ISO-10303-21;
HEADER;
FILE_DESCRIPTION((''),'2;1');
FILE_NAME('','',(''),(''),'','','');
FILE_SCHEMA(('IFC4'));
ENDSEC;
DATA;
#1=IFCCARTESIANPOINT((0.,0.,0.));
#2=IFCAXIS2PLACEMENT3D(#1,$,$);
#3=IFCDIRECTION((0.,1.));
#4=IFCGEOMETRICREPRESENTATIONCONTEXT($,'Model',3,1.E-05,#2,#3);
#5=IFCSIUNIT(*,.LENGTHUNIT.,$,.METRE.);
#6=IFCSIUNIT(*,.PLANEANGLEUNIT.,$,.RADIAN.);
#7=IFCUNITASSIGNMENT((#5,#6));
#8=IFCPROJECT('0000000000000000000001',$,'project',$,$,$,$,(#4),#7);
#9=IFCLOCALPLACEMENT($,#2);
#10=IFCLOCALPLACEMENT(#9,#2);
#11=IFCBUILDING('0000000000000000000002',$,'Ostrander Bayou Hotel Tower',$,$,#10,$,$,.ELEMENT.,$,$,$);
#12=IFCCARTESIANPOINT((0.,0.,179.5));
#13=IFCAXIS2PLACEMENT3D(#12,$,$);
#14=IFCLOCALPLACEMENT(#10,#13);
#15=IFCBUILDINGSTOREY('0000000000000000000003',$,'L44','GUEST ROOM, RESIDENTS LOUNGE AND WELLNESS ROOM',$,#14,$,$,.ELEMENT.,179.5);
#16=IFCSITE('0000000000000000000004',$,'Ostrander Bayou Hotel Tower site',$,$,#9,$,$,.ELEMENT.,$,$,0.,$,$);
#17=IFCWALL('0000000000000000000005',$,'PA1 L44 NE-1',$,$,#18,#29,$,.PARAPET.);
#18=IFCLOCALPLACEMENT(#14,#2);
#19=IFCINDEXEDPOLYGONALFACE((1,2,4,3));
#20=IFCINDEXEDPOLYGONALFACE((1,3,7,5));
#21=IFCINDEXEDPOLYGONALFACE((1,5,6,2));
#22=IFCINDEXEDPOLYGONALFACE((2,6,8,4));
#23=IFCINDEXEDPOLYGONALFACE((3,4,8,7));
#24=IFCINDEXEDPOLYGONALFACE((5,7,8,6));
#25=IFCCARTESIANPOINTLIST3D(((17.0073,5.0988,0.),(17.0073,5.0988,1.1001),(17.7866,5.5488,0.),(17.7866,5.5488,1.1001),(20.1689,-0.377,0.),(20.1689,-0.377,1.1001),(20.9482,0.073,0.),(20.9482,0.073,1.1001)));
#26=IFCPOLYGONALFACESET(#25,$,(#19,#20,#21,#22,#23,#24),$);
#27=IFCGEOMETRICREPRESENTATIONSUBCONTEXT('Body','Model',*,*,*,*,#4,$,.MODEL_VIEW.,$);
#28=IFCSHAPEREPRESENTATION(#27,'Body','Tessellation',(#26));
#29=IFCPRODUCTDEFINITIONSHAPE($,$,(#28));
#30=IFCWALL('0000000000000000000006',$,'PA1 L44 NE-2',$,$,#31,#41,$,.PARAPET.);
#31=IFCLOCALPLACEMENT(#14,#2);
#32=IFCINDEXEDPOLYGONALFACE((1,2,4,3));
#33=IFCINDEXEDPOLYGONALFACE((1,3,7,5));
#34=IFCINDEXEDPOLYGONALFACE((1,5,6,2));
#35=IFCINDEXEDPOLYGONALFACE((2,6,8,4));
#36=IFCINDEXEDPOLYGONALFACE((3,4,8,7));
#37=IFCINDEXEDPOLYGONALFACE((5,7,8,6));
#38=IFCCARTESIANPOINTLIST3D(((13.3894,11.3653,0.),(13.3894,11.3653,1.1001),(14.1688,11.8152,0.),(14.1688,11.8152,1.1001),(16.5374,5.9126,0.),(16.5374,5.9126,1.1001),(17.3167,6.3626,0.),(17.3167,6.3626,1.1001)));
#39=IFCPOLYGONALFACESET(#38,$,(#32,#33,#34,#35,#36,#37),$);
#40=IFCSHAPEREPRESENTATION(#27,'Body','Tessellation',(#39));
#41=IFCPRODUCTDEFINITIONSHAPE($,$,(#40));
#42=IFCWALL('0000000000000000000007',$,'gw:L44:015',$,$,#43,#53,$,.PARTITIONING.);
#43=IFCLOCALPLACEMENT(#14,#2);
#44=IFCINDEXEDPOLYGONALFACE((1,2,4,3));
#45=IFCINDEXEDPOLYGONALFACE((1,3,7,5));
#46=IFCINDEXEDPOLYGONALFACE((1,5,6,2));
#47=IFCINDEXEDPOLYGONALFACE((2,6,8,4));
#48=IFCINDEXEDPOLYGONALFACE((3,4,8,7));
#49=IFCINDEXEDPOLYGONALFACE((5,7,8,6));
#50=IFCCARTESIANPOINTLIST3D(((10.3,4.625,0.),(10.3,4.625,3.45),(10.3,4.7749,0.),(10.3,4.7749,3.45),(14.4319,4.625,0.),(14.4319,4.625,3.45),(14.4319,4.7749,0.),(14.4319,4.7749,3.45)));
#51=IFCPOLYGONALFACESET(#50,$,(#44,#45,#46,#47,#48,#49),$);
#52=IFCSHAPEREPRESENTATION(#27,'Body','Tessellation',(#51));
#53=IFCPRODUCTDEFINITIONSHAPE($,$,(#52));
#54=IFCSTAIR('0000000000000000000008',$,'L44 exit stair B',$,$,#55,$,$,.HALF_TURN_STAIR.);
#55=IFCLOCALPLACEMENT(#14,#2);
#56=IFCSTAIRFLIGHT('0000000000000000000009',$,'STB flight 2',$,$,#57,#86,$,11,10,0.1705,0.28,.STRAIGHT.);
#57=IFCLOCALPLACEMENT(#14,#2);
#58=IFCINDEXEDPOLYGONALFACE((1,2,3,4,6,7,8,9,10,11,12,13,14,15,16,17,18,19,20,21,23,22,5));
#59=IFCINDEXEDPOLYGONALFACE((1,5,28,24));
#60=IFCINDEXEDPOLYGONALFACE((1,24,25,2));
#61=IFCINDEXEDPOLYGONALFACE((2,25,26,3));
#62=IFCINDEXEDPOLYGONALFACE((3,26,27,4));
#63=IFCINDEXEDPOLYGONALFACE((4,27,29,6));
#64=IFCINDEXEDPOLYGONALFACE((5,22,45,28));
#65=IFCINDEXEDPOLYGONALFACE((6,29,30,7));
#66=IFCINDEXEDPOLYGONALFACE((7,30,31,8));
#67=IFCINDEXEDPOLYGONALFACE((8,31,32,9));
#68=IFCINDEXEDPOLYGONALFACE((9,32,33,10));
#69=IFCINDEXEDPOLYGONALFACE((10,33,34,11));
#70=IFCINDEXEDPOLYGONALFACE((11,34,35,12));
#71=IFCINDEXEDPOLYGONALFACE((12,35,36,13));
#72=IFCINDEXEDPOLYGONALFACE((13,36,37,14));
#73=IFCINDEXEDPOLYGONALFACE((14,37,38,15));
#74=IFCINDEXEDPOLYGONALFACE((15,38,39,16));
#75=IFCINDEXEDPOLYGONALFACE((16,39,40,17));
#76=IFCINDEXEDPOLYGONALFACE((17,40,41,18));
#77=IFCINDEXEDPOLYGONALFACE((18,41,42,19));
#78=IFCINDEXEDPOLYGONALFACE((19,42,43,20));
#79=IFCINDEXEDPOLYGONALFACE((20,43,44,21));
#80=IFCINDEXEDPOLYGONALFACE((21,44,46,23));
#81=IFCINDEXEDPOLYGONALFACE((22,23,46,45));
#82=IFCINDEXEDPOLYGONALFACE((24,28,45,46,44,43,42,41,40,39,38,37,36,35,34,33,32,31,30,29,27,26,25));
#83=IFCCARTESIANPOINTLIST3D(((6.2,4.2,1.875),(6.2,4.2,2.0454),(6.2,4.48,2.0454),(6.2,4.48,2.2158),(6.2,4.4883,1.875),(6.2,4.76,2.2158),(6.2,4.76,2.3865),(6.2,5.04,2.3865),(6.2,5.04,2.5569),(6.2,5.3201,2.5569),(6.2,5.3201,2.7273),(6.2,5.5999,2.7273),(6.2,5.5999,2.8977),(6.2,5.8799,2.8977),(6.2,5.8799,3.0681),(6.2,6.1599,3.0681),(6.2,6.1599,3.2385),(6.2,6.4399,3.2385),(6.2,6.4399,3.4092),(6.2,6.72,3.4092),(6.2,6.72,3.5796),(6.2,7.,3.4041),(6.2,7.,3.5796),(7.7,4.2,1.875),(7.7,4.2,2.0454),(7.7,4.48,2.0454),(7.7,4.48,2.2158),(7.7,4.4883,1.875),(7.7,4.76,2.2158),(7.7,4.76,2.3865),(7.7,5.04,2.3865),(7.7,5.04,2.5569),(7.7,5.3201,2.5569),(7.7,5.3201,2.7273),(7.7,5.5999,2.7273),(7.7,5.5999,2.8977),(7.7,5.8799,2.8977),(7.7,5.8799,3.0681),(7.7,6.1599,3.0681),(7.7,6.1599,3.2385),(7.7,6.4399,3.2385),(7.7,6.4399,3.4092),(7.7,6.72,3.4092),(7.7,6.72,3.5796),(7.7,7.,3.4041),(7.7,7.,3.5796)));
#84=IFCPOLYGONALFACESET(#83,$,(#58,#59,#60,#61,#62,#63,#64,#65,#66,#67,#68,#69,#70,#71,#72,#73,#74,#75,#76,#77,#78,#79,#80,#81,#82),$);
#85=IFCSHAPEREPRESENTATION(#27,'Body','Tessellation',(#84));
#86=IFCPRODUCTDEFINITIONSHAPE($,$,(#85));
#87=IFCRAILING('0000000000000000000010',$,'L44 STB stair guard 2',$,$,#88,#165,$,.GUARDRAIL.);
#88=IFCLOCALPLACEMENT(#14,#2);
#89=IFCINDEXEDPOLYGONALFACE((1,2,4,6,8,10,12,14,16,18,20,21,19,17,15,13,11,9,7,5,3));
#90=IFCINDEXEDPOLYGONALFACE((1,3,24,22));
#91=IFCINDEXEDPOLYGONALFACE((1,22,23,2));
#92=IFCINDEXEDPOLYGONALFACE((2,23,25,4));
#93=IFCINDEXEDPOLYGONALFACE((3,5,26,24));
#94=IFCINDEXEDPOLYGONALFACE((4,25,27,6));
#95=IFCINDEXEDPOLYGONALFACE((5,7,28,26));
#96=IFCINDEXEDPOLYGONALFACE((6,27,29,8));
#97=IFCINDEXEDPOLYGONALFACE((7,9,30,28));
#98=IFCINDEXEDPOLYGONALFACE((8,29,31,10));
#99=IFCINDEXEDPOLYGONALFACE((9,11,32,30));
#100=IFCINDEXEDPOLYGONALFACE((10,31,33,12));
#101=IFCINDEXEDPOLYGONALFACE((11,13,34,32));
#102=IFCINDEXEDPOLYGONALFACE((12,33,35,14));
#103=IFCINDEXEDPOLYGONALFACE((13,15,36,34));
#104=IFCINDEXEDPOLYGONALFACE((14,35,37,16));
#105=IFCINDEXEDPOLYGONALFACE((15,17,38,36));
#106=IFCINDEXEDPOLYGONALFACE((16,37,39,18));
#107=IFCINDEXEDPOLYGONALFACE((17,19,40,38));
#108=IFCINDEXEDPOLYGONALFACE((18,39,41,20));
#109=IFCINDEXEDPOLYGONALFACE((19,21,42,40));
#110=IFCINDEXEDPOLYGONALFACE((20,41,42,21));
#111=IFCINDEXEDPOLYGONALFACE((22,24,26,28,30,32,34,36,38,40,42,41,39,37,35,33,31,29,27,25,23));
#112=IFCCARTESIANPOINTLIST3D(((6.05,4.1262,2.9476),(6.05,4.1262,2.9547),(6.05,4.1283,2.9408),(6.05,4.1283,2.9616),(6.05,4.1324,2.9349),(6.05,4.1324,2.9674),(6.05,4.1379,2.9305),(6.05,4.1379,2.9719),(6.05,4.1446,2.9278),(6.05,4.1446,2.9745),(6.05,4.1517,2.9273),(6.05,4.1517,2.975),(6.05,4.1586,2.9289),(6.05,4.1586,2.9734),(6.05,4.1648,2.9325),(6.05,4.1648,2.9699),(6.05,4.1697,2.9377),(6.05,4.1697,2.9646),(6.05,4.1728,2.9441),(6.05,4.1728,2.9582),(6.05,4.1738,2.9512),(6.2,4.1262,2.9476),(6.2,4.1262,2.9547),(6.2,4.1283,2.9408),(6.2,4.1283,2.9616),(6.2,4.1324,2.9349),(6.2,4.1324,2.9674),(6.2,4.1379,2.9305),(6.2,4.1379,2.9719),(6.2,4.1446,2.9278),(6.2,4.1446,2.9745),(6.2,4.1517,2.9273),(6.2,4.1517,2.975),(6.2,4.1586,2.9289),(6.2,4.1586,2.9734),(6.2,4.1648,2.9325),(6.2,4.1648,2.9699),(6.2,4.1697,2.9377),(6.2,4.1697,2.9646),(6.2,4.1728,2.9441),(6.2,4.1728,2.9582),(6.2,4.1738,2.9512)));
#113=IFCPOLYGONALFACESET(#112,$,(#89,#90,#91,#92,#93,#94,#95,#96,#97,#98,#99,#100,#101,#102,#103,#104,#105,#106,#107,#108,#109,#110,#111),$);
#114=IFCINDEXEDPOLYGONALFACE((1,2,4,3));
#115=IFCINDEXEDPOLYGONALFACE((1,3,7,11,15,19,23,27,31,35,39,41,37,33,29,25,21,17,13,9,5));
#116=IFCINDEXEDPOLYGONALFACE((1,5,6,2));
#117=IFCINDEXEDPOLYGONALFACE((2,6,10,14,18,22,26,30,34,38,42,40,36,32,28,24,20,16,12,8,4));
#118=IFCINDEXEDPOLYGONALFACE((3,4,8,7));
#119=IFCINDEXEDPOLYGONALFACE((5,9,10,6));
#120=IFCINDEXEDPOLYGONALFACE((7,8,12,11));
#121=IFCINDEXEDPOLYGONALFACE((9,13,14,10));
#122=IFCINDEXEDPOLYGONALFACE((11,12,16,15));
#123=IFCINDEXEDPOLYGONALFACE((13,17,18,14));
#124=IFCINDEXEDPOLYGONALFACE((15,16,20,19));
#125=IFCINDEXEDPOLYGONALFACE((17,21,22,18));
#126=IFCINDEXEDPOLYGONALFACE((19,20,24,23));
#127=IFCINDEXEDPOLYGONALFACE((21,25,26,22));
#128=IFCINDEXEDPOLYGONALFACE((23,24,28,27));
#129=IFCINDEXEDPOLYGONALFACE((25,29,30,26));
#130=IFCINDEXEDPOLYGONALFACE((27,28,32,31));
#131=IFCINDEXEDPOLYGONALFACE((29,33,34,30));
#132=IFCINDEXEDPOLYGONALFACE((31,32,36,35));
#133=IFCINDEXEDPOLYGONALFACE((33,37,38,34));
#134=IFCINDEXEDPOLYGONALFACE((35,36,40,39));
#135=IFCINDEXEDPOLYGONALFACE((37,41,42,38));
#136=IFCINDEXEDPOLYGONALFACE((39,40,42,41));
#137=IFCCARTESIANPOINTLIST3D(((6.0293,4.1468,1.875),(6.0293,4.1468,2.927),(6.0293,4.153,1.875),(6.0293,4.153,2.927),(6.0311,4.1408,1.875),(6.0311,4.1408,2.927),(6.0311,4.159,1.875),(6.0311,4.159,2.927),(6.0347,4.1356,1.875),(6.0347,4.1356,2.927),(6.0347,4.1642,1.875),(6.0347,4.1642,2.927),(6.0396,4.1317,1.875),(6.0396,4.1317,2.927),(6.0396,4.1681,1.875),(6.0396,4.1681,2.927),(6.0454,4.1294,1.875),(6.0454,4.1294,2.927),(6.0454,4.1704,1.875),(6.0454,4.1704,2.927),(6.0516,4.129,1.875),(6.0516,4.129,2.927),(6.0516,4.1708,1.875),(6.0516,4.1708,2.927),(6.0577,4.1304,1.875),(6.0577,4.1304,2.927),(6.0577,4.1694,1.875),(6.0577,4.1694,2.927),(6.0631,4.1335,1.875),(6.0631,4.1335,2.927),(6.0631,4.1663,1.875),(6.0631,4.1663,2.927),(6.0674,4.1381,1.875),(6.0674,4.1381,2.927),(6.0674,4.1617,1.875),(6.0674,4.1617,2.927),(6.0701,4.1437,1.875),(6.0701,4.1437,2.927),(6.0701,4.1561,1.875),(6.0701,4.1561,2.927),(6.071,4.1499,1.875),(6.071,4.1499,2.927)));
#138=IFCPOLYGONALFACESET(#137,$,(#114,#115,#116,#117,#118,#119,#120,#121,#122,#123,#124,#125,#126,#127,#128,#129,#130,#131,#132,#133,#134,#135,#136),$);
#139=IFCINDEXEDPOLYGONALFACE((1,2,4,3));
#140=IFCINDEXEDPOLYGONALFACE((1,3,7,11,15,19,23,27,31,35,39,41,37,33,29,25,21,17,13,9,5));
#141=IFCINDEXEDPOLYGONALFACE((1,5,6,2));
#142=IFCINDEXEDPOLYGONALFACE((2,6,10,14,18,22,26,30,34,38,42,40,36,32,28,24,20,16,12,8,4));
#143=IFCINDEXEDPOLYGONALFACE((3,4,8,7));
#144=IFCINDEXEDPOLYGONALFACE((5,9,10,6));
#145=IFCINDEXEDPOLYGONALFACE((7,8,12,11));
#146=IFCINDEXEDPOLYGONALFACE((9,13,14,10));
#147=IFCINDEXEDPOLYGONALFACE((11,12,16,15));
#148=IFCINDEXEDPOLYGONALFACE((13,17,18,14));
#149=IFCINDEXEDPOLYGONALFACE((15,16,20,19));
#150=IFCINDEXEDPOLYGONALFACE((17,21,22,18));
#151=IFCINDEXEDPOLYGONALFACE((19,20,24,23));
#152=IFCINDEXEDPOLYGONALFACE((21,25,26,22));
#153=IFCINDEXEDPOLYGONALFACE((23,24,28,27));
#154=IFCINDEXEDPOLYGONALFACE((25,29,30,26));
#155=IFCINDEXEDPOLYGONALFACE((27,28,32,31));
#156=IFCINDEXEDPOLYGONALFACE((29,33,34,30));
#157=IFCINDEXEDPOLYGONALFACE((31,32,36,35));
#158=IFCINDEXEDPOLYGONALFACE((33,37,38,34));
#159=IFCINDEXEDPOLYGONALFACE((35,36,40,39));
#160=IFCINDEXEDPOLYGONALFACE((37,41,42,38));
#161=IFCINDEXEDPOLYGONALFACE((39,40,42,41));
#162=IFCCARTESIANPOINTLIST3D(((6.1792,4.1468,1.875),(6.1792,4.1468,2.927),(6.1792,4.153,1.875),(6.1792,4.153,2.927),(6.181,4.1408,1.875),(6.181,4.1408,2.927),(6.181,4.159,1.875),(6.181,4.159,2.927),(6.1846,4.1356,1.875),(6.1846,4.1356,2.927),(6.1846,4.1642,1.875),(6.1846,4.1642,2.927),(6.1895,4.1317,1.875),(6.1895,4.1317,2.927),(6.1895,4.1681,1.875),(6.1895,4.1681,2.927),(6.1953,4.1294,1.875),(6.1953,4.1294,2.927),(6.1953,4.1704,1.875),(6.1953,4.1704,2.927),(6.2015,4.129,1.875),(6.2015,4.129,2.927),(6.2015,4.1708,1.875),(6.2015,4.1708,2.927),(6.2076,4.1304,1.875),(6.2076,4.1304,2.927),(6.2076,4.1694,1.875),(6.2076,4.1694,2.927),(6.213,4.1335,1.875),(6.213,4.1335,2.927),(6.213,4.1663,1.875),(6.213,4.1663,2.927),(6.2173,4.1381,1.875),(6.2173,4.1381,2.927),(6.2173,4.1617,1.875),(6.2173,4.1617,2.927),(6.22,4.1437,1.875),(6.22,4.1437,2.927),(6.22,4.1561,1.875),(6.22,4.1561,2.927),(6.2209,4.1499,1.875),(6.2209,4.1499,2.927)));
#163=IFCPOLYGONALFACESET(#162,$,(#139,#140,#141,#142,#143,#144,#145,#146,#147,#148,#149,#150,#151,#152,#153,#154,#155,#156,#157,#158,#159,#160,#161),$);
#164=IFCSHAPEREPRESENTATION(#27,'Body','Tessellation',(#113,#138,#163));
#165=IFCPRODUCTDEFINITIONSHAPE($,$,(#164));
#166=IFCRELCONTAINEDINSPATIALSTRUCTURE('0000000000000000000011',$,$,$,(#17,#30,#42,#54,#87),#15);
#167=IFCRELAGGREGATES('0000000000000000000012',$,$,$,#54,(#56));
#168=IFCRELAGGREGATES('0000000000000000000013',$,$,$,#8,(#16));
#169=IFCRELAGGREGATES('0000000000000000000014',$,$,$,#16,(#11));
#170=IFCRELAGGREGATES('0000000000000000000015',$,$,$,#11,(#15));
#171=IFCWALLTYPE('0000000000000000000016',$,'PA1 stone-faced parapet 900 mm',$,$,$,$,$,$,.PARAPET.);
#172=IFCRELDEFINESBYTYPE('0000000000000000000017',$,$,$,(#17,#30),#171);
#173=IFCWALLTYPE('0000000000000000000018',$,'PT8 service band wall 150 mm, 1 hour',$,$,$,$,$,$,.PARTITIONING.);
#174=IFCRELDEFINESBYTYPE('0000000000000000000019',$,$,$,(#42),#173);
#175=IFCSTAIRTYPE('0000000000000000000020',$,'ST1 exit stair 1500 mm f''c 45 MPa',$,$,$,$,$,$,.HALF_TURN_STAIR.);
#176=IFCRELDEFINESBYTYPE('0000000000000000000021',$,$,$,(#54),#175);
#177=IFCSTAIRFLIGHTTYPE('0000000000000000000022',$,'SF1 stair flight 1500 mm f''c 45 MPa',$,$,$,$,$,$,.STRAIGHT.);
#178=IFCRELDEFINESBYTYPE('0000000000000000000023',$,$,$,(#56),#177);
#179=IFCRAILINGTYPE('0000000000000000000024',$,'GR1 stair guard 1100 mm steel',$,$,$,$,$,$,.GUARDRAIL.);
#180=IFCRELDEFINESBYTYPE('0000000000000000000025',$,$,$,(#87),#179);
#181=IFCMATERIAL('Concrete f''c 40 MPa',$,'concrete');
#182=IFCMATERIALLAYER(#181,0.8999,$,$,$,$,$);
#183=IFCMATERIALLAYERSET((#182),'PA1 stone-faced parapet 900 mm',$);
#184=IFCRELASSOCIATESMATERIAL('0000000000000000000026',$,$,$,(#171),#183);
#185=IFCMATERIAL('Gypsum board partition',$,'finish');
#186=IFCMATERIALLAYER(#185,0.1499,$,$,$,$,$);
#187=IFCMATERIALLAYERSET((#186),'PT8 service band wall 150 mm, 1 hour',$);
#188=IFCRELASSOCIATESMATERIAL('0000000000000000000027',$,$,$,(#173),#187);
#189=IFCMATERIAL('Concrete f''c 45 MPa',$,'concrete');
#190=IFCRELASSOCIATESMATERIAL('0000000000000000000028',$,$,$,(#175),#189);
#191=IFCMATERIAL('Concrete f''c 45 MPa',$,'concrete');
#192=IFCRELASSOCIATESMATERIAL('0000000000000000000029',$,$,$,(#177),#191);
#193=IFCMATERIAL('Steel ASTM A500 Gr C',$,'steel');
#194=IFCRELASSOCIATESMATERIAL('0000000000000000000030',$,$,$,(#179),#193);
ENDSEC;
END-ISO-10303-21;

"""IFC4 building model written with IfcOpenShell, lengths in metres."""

from ifc_helpers import new_model, si_unit, direction, frame, frame_2d, origin, origin_2d, place, context, subcontext, project, spatial, polyline, rectangle, circle, outline, extrude, material, layer, layer_set, type_object, element, aggregate, save


model = new_model("IFC4")

# Units and contexts
model_context = context("Model", 3, precision=1e-05, world=origin(), true_north=direction((0.0, 1.0)))
body_context = subcontext(model_context, "Body", "Model", "MODEL_VIEW")
ifc_project = project(units=[si_unit("LENGTHUNIT", "METRE"), si_unit("PLANEANGLEUNIT", "RADIAN")], contexts=[model_context])

# Site, building, storey
site_placement = place(None, origin())
site = spatial("IfcSite", under=ifc_project, at=site_placement, Name="Ostrander Bayou Hotel Tower site", CompositionType="ELEMENT", RefElevation=0.0)
building_placement = place(site_placement, origin())
building = spatial("IfcBuilding", under=site, at=building_placement, Name="Ostrander Bayou Hotel Tower", CompositionType="ELEMENT")
storey_placement = place(building_placement, frame((0.0, 0.0, 179.5)))
storey = spatial("IfcBuildingStorey", under=building, at=storey_placement, Name="L44", Description="GUEST ROOM, RESIDENTS LOUNGE AND WELLNESS ROOM", CompositionType="ELEMENT", Elevation=179.5)

# Walls
ifc_material_1 = material(Name="Concrete f'c 40 MPa", Category="concrete")
ifc_layer_1 = layer(ifc_material_1, 0.8999)
ifc_layer_set_1 = layer_set([ifc_layer_1], Name="PA1 stone-faced parapet 900 mm")
wall_type_1 = type_object("IfcWallType", Name="PA1 stone-faced parapet 900 mm", PredefinedType="PARAPET", material=ifc_layer_set_1)
wall_1_placement = place(storey_placement, frame((20.5586, -0.1521, 0.0), z_axis=(0.0, 0.0, 1.0), x_axis=(-0.500018, 0.866015, 0.0)))
element("IfcWall", 1, at=wall_1_placement, inside=storey, type_object=wall_type_1, Name="PA1 L44 NE-1", PredefinedType="PARAPET", context=body_context, shape_type="SweptSolid", body=[
    extrude(rectangle(XDim=6.323, YDim=0.8999, at=frame_2d((3.1616, 0.0))), origin(), (0.0, 0.0, 1.0), 1.1001),
])
wall_2_placement = place(storey_placement, frame((16.927, 6.1377, 0.0), z_axis=(0.0, 0.0, 1.0), x_axis=(-0.499984, 0.866034, 0.0)))
element("IfcWall", 2, at=wall_2_placement, inside=storey, type_object=wall_type_1, Name="PA1 L44 NE-2", PredefinedType="PARAPET", context=body_context, shape_type="SweptSolid", body=[
    extrude(rectangle(XDim=6.2961, YDim=0.8999, at=frame_2d((3.1479, 0.0))), origin(), (0.0, 0.0, 1.0), 1.1001),
])
ifc_material_2 = material(Name="Gypsum board partition", Category="finish")
ifc_layer_2 = layer(ifc_material_2, 0.1499)
ifc_layer_set_2 = layer_set([ifc_layer_2], Name="PT8 service band wall 150 mm, 1 hour")
wall_type_2 = type_object("IfcWallType", Name="PT8 service band wall 150 mm, 1 hour", PredefinedType="PARTITIONING", material=ifc_layer_set_2)
wall_3_placement = place(storey_placement, frame((10.3, 4.7, 0.0), z_axis=(0.0, 0.0, 1.0), x_axis=(1.0, 0.0, 0.0)))
element("IfcWall", 3, at=wall_3_placement, inside=storey, type_object=wall_type_2, Name="gw:L44:015", PredefinedType="PARTITIONING", context=body_context, shape_type="SweptSolid", body=[
    extrude(rectangle(XDim=4.1318, YDim=0.1499, at=frame_2d((2.0659, 0.0))), origin(), (0.0, 0.0, 1.0), 3.45),
])

# Stair, stair flight
ifc_material_3 = material(Name="Concrete f'c 45 MPa", Category="concrete")
stair_type = type_object("IfcStairType", Name="ST1 exit stair 1500 mm f'c 45 MPa", PredefinedType="HALF_TURN_STAIR", material=ifc_material_3)
stair_placement = place(storey_placement, origin())
stair = element("IfcStair", 4, at=stair_placement, inside=storey, type_object=stair_type, Name="L44 exit stair B", PredefinedType="HALF_TURN_STAIR")
ifc_material_4 = material(Name="Concrete f'c 45 MPa", Category="concrete")
stair_flight_type = type_object("IfcStairFlightType", Name="SF1 stair flight 1500 mm f'c 45 MPa", PredefinedType="STRAIGHT", material=ifc_material_4)
stair_flight_placement = place(storey_placement, frame((6.95, 4.2, 1.875), z_axis=(0.0, 0.0, 1.0), x_axis=(0.0, 1.0, 0.0)))
stair_flight = element("IfcStairFlight", 5, at=stair_flight_placement, type_object=stair_flight_type, Name="STB flight 2", NumberOfRisers=11, NumberOfTreads=10, PredefinedType="STRAIGHT", RiserHeight=0.1705, TreadLength=0.28, context=body_context, shape_type="SweptSolid", body=[
    extrude(outline(polyline([(0.0, 0.0), (0.0, 0.1704), (0.28, 0.1704), (0.28, 0.3408), (0.5601, 0.3408), (0.5601, 0.5115), (0.8401, 0.5115), (0.8401, 0.6819), (1.1201, 0.6819), (1.1201, 0.8523), (1.3999, 0.8523), (1.3999, 1.0227), (1.6799, 1.0227), (1.6799, 1.1931), (1.96, 1.1931), (1.96, 1.3635), (2.24, 1.3635), (2.24, 1.5342), (2.52, 1.5342), (2.52, 1.7046), (2.8, 1.7046), (2.8, 1.875), (2.8, 1.5291), (0.2883, 0.0), (0.0, 0.0)])), frame((0.0, 0.75, 0.0), z_axis=(0.0, -1.0, 0.0), x_axis=(1.0, 0.0, 0.0)), (0.0, 0.0, 1.0), 1.5),
])
aggregate(stair, [stair_flight])

# Railing
ifc_material_5 = material(Name="Steel ASTM A500 Gr C", Category="steel")
railing_type_1 = type_object("IfcRailingType", Name="GR1 stair guard 1100 mm steel", PredefinedType="GUARDRAIL", material=ifc_material_5)
railing_1_placement = place(storey_placement, frame((6.05, 4.1499, 1.875)))
element("IfcRailing", 6, at=railing_1_placement, inside=storey, type_object=railing_type_1, Name="L44 STB stair guard 2", PredefinedType="GUARDRAIL", context=body_context, shape_type="SweptSolid", body=[
    extrude(circle(Radius=0.0239, at=origin_2d()), frame((0.0, 0.0, 1.0762), z_axis=(1.0, 0.0, 0.0), x_axis=(0.0, 1.0, 0.0)), (0.0, 0.0, 1.0), 0.1499),
    extrude(circle(Radius=0.021, at=origin_2d()), origin(), (0.0, 0.0, 1.0), 1.052),
    extrude(circle(Radius=0.021, at=origin_2d()), frame((0.1499, 0.0, 0.0)), (0.0, 0.0, 1.0), 1.052),
])

save(model, "model.ifc")
